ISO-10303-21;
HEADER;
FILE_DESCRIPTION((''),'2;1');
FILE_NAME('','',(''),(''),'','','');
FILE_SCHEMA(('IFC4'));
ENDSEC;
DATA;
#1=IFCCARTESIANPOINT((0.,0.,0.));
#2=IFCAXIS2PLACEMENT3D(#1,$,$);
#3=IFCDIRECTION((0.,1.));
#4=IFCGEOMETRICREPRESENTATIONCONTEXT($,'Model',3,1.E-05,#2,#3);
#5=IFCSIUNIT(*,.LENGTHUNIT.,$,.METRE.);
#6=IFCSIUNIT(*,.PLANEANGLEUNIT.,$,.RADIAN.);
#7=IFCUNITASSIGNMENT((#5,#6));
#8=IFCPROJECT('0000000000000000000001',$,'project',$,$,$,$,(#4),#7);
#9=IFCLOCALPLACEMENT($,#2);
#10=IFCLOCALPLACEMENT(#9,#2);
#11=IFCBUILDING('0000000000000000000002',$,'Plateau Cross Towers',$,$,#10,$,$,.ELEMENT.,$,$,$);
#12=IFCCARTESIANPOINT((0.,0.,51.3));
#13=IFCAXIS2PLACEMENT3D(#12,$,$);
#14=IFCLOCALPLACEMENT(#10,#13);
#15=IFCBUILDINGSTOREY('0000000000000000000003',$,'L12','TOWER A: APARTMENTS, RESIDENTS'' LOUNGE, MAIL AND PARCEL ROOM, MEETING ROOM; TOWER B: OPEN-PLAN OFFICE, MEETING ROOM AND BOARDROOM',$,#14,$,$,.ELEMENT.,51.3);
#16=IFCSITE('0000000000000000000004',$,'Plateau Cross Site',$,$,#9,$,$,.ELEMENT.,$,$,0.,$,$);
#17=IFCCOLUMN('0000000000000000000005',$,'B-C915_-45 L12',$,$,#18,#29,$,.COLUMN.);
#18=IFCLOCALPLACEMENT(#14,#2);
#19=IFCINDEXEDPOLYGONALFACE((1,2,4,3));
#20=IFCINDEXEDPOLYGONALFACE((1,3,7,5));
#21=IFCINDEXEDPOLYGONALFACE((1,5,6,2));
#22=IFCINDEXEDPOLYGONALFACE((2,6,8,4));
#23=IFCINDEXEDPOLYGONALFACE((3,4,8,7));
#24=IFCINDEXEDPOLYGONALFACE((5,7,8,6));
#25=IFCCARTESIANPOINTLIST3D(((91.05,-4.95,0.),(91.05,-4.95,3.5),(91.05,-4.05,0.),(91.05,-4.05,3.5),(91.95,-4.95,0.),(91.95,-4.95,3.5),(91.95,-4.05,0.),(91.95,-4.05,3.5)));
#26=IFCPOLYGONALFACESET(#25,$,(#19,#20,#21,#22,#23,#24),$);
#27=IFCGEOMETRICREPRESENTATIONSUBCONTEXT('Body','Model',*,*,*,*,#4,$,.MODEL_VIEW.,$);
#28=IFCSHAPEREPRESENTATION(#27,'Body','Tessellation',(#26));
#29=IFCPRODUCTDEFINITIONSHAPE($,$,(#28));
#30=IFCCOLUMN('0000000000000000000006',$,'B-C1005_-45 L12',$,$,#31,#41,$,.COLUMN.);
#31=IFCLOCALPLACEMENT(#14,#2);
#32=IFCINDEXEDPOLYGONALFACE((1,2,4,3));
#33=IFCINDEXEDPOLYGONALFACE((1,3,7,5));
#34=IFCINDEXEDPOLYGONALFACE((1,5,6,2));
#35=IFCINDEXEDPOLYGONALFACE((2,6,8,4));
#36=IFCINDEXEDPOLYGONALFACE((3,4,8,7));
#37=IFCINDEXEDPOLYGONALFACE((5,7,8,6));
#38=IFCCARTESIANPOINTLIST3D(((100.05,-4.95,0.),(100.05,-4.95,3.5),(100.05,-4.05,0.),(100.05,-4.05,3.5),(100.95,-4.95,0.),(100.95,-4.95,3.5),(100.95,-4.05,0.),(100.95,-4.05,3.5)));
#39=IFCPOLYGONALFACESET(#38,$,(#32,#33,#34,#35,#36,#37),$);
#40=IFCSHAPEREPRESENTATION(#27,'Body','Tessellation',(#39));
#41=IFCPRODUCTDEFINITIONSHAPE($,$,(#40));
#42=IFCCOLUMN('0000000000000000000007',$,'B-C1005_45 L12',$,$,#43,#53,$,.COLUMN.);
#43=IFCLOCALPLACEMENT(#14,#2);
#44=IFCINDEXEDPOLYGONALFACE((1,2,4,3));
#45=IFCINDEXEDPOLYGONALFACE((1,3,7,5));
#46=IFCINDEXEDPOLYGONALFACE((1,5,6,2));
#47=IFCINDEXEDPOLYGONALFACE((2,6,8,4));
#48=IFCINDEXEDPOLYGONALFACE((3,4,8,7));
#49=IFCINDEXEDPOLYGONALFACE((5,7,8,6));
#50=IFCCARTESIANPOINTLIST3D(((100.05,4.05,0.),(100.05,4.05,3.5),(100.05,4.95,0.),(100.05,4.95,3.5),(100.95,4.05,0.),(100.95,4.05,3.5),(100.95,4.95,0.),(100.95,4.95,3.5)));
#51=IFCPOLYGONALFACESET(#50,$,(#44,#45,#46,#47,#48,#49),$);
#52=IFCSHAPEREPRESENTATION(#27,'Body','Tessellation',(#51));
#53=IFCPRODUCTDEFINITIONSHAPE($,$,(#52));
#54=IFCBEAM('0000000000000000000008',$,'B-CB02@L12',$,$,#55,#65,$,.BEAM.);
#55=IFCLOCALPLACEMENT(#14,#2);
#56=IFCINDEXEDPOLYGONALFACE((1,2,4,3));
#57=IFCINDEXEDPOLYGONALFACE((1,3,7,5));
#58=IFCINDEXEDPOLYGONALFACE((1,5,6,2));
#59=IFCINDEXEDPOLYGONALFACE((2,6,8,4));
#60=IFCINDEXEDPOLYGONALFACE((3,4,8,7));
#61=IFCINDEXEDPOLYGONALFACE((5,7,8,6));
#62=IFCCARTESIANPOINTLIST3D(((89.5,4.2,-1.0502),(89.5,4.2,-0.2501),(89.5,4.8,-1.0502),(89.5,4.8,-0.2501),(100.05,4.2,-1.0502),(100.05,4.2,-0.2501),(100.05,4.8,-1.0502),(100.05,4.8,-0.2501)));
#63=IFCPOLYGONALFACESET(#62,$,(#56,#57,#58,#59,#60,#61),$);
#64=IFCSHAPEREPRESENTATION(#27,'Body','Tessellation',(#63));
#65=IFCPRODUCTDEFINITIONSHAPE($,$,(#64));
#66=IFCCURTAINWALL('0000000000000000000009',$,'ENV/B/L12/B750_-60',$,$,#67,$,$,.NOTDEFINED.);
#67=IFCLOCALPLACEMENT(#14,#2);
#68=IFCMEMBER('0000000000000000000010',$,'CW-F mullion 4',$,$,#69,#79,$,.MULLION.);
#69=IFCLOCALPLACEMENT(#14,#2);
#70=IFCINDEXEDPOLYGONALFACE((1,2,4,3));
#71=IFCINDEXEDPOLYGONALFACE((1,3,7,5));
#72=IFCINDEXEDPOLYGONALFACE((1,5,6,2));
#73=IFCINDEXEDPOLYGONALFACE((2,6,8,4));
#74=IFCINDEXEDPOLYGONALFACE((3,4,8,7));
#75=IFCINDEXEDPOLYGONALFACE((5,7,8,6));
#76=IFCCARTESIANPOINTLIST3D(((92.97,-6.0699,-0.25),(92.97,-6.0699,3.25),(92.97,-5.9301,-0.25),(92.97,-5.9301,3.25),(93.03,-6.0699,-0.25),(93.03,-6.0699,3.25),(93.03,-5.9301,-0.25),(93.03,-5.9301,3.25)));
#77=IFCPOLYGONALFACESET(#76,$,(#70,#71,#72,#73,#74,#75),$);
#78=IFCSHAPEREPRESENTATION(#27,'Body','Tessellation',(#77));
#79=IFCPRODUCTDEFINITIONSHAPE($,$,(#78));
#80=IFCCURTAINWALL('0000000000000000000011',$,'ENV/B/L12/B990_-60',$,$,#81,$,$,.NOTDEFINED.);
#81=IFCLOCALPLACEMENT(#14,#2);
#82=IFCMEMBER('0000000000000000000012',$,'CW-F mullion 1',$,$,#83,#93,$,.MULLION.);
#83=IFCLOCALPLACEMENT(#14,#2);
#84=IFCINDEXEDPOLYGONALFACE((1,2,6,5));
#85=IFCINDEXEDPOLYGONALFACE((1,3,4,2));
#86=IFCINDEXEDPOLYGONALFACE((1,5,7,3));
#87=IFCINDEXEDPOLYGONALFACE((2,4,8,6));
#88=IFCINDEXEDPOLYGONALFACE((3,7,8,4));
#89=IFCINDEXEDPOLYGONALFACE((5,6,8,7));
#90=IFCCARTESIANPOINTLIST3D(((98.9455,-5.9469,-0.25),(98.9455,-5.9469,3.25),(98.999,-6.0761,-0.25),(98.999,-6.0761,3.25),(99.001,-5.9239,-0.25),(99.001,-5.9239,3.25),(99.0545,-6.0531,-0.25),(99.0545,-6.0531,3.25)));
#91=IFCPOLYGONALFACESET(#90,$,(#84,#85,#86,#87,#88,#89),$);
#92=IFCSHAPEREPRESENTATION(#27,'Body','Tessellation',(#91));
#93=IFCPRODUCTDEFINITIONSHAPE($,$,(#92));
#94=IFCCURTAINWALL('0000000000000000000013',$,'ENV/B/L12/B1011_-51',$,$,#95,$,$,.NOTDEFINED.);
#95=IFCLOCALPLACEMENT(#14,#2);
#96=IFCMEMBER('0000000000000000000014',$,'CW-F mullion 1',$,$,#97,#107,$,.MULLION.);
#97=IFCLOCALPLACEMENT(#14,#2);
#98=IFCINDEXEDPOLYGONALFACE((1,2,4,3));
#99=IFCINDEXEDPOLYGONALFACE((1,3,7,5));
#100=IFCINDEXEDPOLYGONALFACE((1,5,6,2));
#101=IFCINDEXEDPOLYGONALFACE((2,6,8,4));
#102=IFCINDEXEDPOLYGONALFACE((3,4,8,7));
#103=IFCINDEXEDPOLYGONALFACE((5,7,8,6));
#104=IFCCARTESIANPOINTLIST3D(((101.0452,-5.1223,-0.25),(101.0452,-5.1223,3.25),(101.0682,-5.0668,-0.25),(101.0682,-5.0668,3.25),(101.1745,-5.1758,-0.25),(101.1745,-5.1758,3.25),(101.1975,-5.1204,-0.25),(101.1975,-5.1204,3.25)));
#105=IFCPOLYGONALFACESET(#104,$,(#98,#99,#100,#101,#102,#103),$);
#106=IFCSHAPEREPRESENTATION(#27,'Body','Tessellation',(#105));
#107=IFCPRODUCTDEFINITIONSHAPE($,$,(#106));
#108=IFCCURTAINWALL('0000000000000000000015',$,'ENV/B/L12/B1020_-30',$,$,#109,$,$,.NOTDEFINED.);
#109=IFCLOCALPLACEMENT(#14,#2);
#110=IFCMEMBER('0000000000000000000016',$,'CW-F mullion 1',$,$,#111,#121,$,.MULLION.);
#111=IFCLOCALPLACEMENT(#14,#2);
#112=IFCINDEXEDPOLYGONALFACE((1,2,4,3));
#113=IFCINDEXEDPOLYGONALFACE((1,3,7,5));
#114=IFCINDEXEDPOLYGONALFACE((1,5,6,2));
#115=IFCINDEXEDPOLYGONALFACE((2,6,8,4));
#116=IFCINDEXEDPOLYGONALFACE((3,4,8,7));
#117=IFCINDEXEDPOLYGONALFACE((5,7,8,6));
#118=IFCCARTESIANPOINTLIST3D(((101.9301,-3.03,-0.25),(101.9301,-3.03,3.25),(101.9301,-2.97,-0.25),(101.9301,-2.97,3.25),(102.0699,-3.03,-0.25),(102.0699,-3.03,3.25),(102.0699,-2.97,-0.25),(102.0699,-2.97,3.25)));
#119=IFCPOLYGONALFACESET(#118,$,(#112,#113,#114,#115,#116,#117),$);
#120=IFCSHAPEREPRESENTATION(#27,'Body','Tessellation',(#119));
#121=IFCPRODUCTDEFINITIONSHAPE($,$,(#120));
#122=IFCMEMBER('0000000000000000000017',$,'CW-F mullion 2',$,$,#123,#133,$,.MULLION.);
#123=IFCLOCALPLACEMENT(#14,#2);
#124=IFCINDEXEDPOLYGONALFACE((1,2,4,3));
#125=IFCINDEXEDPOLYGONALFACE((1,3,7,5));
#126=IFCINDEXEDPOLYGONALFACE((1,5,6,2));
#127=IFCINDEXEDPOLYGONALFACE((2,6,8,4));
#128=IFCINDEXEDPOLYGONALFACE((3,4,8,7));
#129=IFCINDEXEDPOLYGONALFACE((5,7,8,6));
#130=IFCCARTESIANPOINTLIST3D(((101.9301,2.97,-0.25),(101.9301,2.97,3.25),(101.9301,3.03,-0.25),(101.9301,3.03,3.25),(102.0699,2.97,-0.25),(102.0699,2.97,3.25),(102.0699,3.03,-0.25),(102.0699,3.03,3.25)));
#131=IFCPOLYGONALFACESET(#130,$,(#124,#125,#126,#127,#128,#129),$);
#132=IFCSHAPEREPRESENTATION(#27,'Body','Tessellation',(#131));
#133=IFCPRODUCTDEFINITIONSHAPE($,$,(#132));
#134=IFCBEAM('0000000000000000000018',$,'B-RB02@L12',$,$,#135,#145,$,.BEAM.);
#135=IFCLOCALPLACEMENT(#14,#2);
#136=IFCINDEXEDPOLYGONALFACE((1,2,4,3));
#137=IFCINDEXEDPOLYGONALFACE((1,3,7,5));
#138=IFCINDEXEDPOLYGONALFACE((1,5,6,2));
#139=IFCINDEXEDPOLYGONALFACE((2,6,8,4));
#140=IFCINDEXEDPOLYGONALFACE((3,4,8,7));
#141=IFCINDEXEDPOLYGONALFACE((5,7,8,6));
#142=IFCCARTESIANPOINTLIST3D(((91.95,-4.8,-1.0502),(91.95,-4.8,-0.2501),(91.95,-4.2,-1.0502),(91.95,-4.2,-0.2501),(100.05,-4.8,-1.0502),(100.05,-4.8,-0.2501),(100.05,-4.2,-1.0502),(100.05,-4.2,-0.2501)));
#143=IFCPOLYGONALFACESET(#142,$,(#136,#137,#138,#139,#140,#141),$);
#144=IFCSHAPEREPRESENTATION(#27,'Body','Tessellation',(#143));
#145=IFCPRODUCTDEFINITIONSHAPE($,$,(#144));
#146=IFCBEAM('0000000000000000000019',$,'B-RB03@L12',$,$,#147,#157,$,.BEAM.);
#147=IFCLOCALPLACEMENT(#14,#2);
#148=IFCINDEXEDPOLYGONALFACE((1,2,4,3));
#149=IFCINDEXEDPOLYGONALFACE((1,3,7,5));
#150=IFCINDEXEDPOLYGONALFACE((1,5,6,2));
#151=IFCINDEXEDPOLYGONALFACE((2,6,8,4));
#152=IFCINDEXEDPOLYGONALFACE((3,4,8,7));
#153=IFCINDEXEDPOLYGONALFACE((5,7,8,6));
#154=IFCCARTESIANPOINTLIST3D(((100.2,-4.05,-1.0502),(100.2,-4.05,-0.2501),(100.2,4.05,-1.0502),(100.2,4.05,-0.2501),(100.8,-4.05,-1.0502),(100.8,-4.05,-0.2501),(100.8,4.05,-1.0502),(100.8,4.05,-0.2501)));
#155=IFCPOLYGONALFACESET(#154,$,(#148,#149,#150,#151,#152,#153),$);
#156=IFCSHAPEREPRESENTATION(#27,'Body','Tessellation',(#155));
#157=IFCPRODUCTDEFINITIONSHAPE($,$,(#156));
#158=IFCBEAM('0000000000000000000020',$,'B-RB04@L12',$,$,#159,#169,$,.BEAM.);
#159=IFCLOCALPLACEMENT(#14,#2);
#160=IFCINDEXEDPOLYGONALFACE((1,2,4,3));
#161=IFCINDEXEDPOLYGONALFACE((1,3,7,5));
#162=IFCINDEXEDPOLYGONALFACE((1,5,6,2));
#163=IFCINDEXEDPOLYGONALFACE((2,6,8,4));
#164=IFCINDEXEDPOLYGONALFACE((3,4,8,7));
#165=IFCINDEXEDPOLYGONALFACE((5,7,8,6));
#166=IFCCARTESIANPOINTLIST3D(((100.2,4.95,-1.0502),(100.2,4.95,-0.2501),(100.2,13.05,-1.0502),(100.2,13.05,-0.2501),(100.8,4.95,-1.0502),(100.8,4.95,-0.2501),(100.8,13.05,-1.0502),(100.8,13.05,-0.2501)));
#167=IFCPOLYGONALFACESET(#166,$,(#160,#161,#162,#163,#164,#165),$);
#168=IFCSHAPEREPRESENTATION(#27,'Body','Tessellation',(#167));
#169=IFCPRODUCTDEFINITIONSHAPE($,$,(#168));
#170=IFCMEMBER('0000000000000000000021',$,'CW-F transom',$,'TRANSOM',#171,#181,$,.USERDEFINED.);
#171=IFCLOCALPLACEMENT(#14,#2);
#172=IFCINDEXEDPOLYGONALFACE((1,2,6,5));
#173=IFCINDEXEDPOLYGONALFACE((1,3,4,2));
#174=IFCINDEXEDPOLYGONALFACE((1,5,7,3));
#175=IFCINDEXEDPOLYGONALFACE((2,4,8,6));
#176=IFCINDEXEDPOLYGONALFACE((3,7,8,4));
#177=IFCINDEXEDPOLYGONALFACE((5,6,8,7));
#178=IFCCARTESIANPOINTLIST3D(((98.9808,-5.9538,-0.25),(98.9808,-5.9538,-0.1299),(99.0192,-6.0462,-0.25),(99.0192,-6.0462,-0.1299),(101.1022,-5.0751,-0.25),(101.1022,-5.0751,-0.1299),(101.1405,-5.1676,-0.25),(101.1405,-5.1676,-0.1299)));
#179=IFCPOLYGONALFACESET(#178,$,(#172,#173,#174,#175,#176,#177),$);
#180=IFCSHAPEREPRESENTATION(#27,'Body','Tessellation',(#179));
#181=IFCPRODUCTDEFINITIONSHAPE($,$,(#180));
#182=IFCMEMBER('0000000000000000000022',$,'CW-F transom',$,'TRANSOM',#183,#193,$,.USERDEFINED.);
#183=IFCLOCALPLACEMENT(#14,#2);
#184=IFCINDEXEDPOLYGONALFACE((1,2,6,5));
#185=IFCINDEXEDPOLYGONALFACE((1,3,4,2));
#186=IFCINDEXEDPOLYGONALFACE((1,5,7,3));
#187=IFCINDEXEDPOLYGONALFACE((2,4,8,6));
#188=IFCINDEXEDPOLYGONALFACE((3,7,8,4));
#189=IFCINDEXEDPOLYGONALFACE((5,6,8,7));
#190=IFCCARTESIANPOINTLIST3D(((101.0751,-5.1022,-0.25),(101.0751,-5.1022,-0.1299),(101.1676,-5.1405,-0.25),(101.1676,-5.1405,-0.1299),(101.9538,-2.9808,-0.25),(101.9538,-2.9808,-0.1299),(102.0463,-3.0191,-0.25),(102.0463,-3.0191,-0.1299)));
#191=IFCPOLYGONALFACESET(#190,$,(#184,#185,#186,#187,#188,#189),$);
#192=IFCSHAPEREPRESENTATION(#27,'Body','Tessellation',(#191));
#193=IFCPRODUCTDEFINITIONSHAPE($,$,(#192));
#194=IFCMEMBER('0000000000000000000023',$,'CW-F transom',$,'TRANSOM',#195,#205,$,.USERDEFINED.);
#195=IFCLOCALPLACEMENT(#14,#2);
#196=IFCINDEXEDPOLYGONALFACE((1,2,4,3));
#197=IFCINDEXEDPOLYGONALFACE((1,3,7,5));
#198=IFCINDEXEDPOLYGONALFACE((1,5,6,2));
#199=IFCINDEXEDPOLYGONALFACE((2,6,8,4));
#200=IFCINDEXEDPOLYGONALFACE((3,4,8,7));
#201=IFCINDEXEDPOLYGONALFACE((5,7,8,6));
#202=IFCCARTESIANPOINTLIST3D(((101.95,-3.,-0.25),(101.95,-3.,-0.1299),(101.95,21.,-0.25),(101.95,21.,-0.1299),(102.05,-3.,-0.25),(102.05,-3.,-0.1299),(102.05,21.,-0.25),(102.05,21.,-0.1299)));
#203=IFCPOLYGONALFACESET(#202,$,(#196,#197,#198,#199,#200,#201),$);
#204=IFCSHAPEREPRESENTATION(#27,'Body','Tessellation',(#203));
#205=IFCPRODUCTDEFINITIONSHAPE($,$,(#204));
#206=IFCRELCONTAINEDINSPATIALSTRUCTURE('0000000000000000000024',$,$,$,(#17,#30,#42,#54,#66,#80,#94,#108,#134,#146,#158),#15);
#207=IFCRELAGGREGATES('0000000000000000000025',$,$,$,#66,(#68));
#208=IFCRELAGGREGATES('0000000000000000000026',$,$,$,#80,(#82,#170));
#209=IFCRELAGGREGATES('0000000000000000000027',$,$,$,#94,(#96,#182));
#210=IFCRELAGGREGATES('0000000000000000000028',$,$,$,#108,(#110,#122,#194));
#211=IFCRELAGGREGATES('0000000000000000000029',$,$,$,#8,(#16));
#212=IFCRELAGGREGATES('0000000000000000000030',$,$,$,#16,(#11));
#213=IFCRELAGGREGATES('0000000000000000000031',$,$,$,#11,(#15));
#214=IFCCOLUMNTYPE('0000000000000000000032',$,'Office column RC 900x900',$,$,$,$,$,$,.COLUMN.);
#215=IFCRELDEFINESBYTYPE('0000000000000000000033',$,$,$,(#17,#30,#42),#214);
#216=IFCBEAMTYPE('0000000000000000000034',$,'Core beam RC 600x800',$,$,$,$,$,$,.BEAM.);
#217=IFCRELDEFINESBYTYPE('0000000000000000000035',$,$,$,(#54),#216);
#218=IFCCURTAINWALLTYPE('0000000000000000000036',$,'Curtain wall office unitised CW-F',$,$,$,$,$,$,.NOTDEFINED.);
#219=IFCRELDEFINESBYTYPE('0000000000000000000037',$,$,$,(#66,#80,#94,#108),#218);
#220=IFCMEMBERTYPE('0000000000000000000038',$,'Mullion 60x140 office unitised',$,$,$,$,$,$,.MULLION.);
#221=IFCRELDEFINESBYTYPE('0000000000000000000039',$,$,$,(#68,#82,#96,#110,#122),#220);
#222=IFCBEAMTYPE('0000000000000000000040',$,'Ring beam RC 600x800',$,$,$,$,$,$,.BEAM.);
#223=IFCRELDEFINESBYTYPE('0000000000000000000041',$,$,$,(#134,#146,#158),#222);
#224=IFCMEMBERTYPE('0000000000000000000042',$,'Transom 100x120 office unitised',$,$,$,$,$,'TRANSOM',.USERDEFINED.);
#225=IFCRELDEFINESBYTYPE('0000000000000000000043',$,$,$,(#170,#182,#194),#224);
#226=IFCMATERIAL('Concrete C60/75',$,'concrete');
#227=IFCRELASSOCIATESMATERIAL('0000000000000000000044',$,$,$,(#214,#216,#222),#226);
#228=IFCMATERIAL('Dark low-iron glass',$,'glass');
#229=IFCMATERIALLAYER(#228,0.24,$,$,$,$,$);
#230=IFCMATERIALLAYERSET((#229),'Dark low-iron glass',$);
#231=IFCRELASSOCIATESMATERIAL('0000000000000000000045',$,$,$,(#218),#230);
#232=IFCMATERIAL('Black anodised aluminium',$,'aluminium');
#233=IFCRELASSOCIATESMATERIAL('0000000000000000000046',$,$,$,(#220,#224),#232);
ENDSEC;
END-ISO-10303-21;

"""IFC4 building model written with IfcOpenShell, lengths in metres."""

from ifc_helpers import new_model, si_unit, direction, frame, origin, origin_2d, place, context, subcontext, project, spatial, rectangle, extrude, material, layer, layer_set, material_profile, profile_set, type_object, element, aggregate, save


model = new_model("IFC4")

# Units and contexts
model_context = context("Model", 3, precision=1e-05, world=origin(), true_north=direction((0.0, 1.0)))
body_context = subcontext(model_context, "Body", "Model", "MODEL_VIEW")
ifc_project = project(units=[si_unit("LENGTHUNIT", "METRE"), si_unit("PLANEANGLEUNIT", "RADIAN")], contexts=[model_context])

# Site, building, storey
site_placement = place(None, origin())
site = spatial("IfcSite", under=ifc_project, at=site_placement, Name="Plateau Cross Site", CompositionType="ELEMENT", RefElevation=0.0)
building_placement = place(site_placement, origin())
building = spatial("IfcBuilding", under=site, at=building_placement, Name="Plateau Cross Towers", CompositionType="ELEMENT")
storey_placement = place(building_placement, frame((0.0, 0.0, 51.3)))
storey = spatial("IfcBuildingStorey", under=building, at=storey_placement, Name="L12", Description="TOWER A: APARTMENTS, RESIDENTS' LOUNGE, MAIL AND PARCEL ROOM, MEETING ROOM; TOWER B: OPEN-PLAN OFFICE, MEETING ROOM AND BOARDROOM", CompositionType="ELEMENT", Elevation=51.3)

# Columns
ifc_material_1 = material(Name="Concrete C60/75", Category="concrete")
ifc_material_profile_1 = material_profile(ifc_material_1, rectangle(XDim=0.8999, YDim=0.8999, at=origin_2d()), Name="RC 900x900")
ifc_profile_set_1 = profile_set([ifc_material_profile_1], Name="Concrete C60/75")
column_type = type_object("IfcColumnType", Name="Office column RC 900x900", PredefinedType="COLUMN", material=ifc_profile_set_1)
for number, where, z_axis, x_axis, name in (
    (1, (91.5, -4.5, 0.0), (0.0, 0.0, 1.0), (1.0, 0.0, 0.0), "B-C915_-45 L12"),
    (2, (100.5, -4.5, 0.0), (0.0, 0.0, 1.0), (1.0, 0.0, 0.0), "B-C1005_-45 L12"),
    (3, (100.5, 4.5, 0.0), (0.0, 0.0, 1.0), (1.0, 0.0, 0.0), "B-C1005_45 L12"),
):
    element("IfcColumn", number, at=place(storey_placement, frame(where, z_axis=z_axis, x_axis=x_axis)), inside=storey, type_object=column_type, Name=name, PredefinedType="COLUMN", context=body_context, shape_type="SweptSolid", body=[
        extrude(rectangle(XDim=0.8999, YDim=0.8999, at=origin_2d()), origin(), (0.0, 0.0, 1.0), 3.5),
    ])

# Beam
ifc_material_profile_2 = material_profile(ifc_material_1, rectangle(XDim=0.6001, YDim=0.8, at=origin_2d()), Name="RC 600x800")
ifc_profile_set_2 = profile_set([ifc_material_profile_2], Name="Concrete C60/75")
beam_type_1 = type_object("IfcBeamType", Name="Core beam RC 600x800", PredefinedType="BEAM", material=ifc_profile_set_2)
beam_placement = place(storey_placement, frame((89.5, 4.5, -0.6501), z_axis=(1.0, 0.0, 0.0), x_axis=(0.0, 1.0, 0.0)))
element("IfcBeam", 4, at=beam_placement, inside=storey, type_object=beam_type_1, Name="B-CB02@L12", PredefinedType="BEAM", context=body_context, shape_type="SweptSolid", body=[
    extrude(rectangle(XDim=0.6001, YDim=0.8, at=origin_2d()), origin(), (0.0, 0.0, 1.0), 10.55),
])

# Curtain walls, members
ifc_material_2 = material(Name="Dark low-iron glass", Category="glass")
ifc_layer_1 = layer(ifc_material_2, 0.24)
ifc_layer_set_1 = layer_set([ifc_layer_1], Name="Dark low-iron glass")
curtain_wall_type = type_object("IfcCurtainWallType", Name="Curtain wall office unitised CW-F", PredefinedType="NOTDEFINED", material=ifc_layer_set_1)
curtain_wall_1_placement = place(storey_placement, origin())
curtain_wall_1 = element("IfcCurtainWall", 5, at=curtain_wall_1_placement, inside=storey, type_object=curtain_wall_type, Name="ENV/B/L12/B750_-60", PredefinedType="NOTDEFINED")
ifc_material_3 = material(Name="Black anodised aluminium", Category="aluminium")
ifc_material_profile_3 = material_profile(ifc_material_3, rectangle(XDim=0.0601, YDim=0.1399, at=origin_2d()), Name="MULLION 60x140")
ifc_profile_set_3 = profile_set([ifc_material_profile_3], Name="Black anodised aluminium")
member_type_1 = type_object("IfcMemberType", Name="Mullion 60x140 office unitised", PredefinedType="MULLION", material=ifc_profile_set_3)
member_1_placement = place(storey_placement, frame((93.0, -6.0, -0.25), z_axis=(0.0, 0.0, 1.0), x_axis=(1.0, 0.0, 0.0)))
member_1 = element("IfcMember", 6, at=member_1_placement, type_object=member_type_1, Name="CW-F mullion 4", PredefinedType="MULLION", context=body_context, shape_type="SweptSolid", body=[
    extrude(rectangle(XDim=0.0601, YDim=0.1399, at=origin_2d()), origin(), (0.0, 0.0, 1.0), 3.5),
])
curtain_wall_2_placement = place(storey_placement, origin())
curtain_wall_2 = element("IfcCurtainWall", 7, at=curtain_wall_2_placement, inside=storey, type_object=curtain_wall_type, Name="ENV/B/L12/B990_-60", PredefinedType="NOTDEFINED")
member_2_placement = place(storey_placement, frame((99.0, -6.0, -0.25), z_axis=(0.0, 0.0, 1.0), x_axis=(0.923879, 0.382684, 0.0)))
member_2 = element("IfcMember", 8, at=member_2_placement, type_object=member_type_1, Name="CW-F mullion 1", PredefinedType="MULLION", context=body_context, shape_type="SweptSolid", body=[
    extrude(rectangle(XDim=0.0601, YDim=0.1399, at=origin_2d()), origin(), (0.0, 0.0, 1.0), 3.5),
])
curtain_wall_3_placement = place(storey_placement, origin())
curtain_wall_3 = element("IfcCurtainWall", 9, at=curtain_wall_3_placement, inside=storey, type_object=curtain_wall_type, Name="ENV/B/L12/B1011_-51", PredefinedType="NOTDEFINED")
member_3_placement = place(storey_placement, frame((101.1213, -5.1213, -0.25), z_axis=(0.0, 0.0, 1.0), x_axis=(0.382684, 0.923879, 0.0)))
member_3 = element("IfcMember", 10, at=member_3_placement, type_object=member_type_1, Name="CW-F mullion 1", PredefinedType="MULLION", context=body_context, shape_type="SweptSolid", body=[
    extrude(rectangle(XDim=0.0601, YDim=0.1399, at=origin_2d()), origin(), (0.0, 0.0, 1.0), 3.5),
])

# Curtain wall, members
curtain_wall_4_placement = place(storey_placement, origin())
curtain_wall_4 = element("IfcCurtainWall", 11, at=curtain_wall_4_placement, inside=storey, type_object=curtain_wall_type, Name="ENV/B/L12/B1020_-30", PredefinedType="NOTDEFINED")
member_4_placement = place(storey_placement, frame((102.0, -3.0, -0.25), z_axis=(0.0, 0.0, 1.0), x_axis=(0.0, 1.0, 0.0)))
member_4 = element("IfcMember", 12, at=member_4_placement, type_object=member_type_1, Name="CW-F mullion 1", PredefinedType="MULLION", context=body_context, shape_type="SweptSolid", body=[
    extrude(rectangle(XDim=0.0601, YDim=0.1399, at=origin_2d()), origin(), (0.0, 0.0, 1.0), 3.5),
])
member_5_placement = place(storey_placement, frame((102.0, 3.0, -0.25), z_axis=(0.0, 0.0, 1.0), x_axis=(0.0, 1.0, 0.0)))
member_5 = element("IfcMember", 13, at=member_5_placement, type_object=member_type_1, Name="CW-F mullion 2", PredefinedType="MULLION", context=body_context, shape_type="SweptSolid", body=[
    extrude(rectangle(XDim=0.0601, YDim=0.1399, at=origin_2d()), origin(), (0.0, 0.0, 1.0), 3.5),
])

# Beams
ifc_material_profile_4 = material_profile(ifc_material_1, rectangle(XDim=0.6001, YDim=0.8, at=origin_2d()), Name="RC 600x800")
ifc_profile_set_4 = profile_set([ifc_material_profile_4], Name="Concrete C60/75")
beam_type_2 = type_object("IfcBeamType", Name="Ring beam RC 600x800", PredefinedType="BEAM", material=ifc_profile_set_4)
for number, where, z_axis, x_axis, name in (
    (14, (91.95, -4.5, -0.6501), (1.0, 0.0, 0.0), (0.0, 1.0, 0.0), "B-RB02@L12"),
    (15, (100.5, -4.05, -0.6501), (0.0, 1.0, 0.0), (-1.0, 0.0, 0.0), "B-RB03@L12"),
    (16, (100.5, 4.95, -0.6501), (0.0, 1.0, 0.0), (-1.0, 0.0, 0.0), "B-RB04@L12"),
):
    element("IfcBeam", number, at=place(storey_placement, frame(where, z_axis=z_axis, x_axis=x_axis)), inside=storey, type_object=beam_type_2, Name=name, PredefinedType="BEAM", context=body_context, shape_type="SweptSolid", body=[
        extrude(rectangle(XDim=0.6001, YDim=0.8, at=origin_2d()), origin(), (0.0, 0.0, 1.0), 8.1001),
    ])

# Members
ifc_material_profile_5 = material_profile(ifc_material_3, rectangle(XDim=0.1001, YDim=0.1201, at=origin_2d()), Name="TRANSOM 100x120")
ifc_profile_set_5 = profile_set([ifc_material_profile_5], Name="Black anodised aluminium")
member_type_2 = type_object("IfcMemberType", Name="Transom 100x120 office unitised", ElementType="TRANSOM", PredefinedType="USERDEFINED", material=ifc_profile_set_5)
member_6_placement = place(storey_placement, frame((99.0, -6.0, -0.1899), z_axis=(0.923883, 0.382674, 0.0), x_axis=(-0.382674, 0.923883, 0.0)))
member_6 = element("IfcMember", 17, at=member_6_placement, type_object=member_type_2, Name="CW-F transom", ObjectType="TRANSOM", PredefinedType="USERDEFINED", context=body_context, shape_type="SweptSolid", body=[
    extrude(rectangle(XDim=0.1001, YDim=0.1201, at=origin_2d()), origin(), (0.0, 0.0, 1.0), 2.2961),
])
member_7_placement = place(storey_placement, frame((101.1213, -5.1213, -0.1899), z_axis=(0.382674, 0.923883, 0.0), x_axis=(-0.923883, 0.382674, 0.0)))
member_7 = element("IfcMember", 18, at=member_7_placement, type_object=member_type_2, Name="CW-F transom", ObjectType="TRANSOM", PredefinedType="USERDEFINED", context=body_context, shape_type="SweptSolid", body=[
    extrude(rectangle(XDim=0.1001, YDim=0.1201, at=origin_2d()), origin(), (0.0, 0.0, 1.0), 2.2961),
])
member_8_placement = place(storey_placement, frame((102.0, -3.0, -0.1899), z_axis=(0.0, 1.0, 0.0), x_axis=(-1.0, 0.0, 0.0)))
member_8 = element("IfcMember", 19, at=member_8_placement, type_object=member_type_2, Name="CW-F transom", ObjectType="TRANSOM", PredefinedType="USERDEFINED", context=body_context, shape_type="SweptSolid", body=[
    extrude(rectangle(XDim=0.1001, YDim=0.1201, at=origin_2d()), origin(), (0.0, 0.0, 1.0), 24.0),
])

aggregate(curtain_wall_1, [member_1])
aggregate(curtain_wall_2, [member_2, member_6])
aggregate(curtain_wall_3, [member_3, member_7])
aggregate(curtain_wall_4, [member_4, member_5, member_8])

save(model, "model.ifc")
